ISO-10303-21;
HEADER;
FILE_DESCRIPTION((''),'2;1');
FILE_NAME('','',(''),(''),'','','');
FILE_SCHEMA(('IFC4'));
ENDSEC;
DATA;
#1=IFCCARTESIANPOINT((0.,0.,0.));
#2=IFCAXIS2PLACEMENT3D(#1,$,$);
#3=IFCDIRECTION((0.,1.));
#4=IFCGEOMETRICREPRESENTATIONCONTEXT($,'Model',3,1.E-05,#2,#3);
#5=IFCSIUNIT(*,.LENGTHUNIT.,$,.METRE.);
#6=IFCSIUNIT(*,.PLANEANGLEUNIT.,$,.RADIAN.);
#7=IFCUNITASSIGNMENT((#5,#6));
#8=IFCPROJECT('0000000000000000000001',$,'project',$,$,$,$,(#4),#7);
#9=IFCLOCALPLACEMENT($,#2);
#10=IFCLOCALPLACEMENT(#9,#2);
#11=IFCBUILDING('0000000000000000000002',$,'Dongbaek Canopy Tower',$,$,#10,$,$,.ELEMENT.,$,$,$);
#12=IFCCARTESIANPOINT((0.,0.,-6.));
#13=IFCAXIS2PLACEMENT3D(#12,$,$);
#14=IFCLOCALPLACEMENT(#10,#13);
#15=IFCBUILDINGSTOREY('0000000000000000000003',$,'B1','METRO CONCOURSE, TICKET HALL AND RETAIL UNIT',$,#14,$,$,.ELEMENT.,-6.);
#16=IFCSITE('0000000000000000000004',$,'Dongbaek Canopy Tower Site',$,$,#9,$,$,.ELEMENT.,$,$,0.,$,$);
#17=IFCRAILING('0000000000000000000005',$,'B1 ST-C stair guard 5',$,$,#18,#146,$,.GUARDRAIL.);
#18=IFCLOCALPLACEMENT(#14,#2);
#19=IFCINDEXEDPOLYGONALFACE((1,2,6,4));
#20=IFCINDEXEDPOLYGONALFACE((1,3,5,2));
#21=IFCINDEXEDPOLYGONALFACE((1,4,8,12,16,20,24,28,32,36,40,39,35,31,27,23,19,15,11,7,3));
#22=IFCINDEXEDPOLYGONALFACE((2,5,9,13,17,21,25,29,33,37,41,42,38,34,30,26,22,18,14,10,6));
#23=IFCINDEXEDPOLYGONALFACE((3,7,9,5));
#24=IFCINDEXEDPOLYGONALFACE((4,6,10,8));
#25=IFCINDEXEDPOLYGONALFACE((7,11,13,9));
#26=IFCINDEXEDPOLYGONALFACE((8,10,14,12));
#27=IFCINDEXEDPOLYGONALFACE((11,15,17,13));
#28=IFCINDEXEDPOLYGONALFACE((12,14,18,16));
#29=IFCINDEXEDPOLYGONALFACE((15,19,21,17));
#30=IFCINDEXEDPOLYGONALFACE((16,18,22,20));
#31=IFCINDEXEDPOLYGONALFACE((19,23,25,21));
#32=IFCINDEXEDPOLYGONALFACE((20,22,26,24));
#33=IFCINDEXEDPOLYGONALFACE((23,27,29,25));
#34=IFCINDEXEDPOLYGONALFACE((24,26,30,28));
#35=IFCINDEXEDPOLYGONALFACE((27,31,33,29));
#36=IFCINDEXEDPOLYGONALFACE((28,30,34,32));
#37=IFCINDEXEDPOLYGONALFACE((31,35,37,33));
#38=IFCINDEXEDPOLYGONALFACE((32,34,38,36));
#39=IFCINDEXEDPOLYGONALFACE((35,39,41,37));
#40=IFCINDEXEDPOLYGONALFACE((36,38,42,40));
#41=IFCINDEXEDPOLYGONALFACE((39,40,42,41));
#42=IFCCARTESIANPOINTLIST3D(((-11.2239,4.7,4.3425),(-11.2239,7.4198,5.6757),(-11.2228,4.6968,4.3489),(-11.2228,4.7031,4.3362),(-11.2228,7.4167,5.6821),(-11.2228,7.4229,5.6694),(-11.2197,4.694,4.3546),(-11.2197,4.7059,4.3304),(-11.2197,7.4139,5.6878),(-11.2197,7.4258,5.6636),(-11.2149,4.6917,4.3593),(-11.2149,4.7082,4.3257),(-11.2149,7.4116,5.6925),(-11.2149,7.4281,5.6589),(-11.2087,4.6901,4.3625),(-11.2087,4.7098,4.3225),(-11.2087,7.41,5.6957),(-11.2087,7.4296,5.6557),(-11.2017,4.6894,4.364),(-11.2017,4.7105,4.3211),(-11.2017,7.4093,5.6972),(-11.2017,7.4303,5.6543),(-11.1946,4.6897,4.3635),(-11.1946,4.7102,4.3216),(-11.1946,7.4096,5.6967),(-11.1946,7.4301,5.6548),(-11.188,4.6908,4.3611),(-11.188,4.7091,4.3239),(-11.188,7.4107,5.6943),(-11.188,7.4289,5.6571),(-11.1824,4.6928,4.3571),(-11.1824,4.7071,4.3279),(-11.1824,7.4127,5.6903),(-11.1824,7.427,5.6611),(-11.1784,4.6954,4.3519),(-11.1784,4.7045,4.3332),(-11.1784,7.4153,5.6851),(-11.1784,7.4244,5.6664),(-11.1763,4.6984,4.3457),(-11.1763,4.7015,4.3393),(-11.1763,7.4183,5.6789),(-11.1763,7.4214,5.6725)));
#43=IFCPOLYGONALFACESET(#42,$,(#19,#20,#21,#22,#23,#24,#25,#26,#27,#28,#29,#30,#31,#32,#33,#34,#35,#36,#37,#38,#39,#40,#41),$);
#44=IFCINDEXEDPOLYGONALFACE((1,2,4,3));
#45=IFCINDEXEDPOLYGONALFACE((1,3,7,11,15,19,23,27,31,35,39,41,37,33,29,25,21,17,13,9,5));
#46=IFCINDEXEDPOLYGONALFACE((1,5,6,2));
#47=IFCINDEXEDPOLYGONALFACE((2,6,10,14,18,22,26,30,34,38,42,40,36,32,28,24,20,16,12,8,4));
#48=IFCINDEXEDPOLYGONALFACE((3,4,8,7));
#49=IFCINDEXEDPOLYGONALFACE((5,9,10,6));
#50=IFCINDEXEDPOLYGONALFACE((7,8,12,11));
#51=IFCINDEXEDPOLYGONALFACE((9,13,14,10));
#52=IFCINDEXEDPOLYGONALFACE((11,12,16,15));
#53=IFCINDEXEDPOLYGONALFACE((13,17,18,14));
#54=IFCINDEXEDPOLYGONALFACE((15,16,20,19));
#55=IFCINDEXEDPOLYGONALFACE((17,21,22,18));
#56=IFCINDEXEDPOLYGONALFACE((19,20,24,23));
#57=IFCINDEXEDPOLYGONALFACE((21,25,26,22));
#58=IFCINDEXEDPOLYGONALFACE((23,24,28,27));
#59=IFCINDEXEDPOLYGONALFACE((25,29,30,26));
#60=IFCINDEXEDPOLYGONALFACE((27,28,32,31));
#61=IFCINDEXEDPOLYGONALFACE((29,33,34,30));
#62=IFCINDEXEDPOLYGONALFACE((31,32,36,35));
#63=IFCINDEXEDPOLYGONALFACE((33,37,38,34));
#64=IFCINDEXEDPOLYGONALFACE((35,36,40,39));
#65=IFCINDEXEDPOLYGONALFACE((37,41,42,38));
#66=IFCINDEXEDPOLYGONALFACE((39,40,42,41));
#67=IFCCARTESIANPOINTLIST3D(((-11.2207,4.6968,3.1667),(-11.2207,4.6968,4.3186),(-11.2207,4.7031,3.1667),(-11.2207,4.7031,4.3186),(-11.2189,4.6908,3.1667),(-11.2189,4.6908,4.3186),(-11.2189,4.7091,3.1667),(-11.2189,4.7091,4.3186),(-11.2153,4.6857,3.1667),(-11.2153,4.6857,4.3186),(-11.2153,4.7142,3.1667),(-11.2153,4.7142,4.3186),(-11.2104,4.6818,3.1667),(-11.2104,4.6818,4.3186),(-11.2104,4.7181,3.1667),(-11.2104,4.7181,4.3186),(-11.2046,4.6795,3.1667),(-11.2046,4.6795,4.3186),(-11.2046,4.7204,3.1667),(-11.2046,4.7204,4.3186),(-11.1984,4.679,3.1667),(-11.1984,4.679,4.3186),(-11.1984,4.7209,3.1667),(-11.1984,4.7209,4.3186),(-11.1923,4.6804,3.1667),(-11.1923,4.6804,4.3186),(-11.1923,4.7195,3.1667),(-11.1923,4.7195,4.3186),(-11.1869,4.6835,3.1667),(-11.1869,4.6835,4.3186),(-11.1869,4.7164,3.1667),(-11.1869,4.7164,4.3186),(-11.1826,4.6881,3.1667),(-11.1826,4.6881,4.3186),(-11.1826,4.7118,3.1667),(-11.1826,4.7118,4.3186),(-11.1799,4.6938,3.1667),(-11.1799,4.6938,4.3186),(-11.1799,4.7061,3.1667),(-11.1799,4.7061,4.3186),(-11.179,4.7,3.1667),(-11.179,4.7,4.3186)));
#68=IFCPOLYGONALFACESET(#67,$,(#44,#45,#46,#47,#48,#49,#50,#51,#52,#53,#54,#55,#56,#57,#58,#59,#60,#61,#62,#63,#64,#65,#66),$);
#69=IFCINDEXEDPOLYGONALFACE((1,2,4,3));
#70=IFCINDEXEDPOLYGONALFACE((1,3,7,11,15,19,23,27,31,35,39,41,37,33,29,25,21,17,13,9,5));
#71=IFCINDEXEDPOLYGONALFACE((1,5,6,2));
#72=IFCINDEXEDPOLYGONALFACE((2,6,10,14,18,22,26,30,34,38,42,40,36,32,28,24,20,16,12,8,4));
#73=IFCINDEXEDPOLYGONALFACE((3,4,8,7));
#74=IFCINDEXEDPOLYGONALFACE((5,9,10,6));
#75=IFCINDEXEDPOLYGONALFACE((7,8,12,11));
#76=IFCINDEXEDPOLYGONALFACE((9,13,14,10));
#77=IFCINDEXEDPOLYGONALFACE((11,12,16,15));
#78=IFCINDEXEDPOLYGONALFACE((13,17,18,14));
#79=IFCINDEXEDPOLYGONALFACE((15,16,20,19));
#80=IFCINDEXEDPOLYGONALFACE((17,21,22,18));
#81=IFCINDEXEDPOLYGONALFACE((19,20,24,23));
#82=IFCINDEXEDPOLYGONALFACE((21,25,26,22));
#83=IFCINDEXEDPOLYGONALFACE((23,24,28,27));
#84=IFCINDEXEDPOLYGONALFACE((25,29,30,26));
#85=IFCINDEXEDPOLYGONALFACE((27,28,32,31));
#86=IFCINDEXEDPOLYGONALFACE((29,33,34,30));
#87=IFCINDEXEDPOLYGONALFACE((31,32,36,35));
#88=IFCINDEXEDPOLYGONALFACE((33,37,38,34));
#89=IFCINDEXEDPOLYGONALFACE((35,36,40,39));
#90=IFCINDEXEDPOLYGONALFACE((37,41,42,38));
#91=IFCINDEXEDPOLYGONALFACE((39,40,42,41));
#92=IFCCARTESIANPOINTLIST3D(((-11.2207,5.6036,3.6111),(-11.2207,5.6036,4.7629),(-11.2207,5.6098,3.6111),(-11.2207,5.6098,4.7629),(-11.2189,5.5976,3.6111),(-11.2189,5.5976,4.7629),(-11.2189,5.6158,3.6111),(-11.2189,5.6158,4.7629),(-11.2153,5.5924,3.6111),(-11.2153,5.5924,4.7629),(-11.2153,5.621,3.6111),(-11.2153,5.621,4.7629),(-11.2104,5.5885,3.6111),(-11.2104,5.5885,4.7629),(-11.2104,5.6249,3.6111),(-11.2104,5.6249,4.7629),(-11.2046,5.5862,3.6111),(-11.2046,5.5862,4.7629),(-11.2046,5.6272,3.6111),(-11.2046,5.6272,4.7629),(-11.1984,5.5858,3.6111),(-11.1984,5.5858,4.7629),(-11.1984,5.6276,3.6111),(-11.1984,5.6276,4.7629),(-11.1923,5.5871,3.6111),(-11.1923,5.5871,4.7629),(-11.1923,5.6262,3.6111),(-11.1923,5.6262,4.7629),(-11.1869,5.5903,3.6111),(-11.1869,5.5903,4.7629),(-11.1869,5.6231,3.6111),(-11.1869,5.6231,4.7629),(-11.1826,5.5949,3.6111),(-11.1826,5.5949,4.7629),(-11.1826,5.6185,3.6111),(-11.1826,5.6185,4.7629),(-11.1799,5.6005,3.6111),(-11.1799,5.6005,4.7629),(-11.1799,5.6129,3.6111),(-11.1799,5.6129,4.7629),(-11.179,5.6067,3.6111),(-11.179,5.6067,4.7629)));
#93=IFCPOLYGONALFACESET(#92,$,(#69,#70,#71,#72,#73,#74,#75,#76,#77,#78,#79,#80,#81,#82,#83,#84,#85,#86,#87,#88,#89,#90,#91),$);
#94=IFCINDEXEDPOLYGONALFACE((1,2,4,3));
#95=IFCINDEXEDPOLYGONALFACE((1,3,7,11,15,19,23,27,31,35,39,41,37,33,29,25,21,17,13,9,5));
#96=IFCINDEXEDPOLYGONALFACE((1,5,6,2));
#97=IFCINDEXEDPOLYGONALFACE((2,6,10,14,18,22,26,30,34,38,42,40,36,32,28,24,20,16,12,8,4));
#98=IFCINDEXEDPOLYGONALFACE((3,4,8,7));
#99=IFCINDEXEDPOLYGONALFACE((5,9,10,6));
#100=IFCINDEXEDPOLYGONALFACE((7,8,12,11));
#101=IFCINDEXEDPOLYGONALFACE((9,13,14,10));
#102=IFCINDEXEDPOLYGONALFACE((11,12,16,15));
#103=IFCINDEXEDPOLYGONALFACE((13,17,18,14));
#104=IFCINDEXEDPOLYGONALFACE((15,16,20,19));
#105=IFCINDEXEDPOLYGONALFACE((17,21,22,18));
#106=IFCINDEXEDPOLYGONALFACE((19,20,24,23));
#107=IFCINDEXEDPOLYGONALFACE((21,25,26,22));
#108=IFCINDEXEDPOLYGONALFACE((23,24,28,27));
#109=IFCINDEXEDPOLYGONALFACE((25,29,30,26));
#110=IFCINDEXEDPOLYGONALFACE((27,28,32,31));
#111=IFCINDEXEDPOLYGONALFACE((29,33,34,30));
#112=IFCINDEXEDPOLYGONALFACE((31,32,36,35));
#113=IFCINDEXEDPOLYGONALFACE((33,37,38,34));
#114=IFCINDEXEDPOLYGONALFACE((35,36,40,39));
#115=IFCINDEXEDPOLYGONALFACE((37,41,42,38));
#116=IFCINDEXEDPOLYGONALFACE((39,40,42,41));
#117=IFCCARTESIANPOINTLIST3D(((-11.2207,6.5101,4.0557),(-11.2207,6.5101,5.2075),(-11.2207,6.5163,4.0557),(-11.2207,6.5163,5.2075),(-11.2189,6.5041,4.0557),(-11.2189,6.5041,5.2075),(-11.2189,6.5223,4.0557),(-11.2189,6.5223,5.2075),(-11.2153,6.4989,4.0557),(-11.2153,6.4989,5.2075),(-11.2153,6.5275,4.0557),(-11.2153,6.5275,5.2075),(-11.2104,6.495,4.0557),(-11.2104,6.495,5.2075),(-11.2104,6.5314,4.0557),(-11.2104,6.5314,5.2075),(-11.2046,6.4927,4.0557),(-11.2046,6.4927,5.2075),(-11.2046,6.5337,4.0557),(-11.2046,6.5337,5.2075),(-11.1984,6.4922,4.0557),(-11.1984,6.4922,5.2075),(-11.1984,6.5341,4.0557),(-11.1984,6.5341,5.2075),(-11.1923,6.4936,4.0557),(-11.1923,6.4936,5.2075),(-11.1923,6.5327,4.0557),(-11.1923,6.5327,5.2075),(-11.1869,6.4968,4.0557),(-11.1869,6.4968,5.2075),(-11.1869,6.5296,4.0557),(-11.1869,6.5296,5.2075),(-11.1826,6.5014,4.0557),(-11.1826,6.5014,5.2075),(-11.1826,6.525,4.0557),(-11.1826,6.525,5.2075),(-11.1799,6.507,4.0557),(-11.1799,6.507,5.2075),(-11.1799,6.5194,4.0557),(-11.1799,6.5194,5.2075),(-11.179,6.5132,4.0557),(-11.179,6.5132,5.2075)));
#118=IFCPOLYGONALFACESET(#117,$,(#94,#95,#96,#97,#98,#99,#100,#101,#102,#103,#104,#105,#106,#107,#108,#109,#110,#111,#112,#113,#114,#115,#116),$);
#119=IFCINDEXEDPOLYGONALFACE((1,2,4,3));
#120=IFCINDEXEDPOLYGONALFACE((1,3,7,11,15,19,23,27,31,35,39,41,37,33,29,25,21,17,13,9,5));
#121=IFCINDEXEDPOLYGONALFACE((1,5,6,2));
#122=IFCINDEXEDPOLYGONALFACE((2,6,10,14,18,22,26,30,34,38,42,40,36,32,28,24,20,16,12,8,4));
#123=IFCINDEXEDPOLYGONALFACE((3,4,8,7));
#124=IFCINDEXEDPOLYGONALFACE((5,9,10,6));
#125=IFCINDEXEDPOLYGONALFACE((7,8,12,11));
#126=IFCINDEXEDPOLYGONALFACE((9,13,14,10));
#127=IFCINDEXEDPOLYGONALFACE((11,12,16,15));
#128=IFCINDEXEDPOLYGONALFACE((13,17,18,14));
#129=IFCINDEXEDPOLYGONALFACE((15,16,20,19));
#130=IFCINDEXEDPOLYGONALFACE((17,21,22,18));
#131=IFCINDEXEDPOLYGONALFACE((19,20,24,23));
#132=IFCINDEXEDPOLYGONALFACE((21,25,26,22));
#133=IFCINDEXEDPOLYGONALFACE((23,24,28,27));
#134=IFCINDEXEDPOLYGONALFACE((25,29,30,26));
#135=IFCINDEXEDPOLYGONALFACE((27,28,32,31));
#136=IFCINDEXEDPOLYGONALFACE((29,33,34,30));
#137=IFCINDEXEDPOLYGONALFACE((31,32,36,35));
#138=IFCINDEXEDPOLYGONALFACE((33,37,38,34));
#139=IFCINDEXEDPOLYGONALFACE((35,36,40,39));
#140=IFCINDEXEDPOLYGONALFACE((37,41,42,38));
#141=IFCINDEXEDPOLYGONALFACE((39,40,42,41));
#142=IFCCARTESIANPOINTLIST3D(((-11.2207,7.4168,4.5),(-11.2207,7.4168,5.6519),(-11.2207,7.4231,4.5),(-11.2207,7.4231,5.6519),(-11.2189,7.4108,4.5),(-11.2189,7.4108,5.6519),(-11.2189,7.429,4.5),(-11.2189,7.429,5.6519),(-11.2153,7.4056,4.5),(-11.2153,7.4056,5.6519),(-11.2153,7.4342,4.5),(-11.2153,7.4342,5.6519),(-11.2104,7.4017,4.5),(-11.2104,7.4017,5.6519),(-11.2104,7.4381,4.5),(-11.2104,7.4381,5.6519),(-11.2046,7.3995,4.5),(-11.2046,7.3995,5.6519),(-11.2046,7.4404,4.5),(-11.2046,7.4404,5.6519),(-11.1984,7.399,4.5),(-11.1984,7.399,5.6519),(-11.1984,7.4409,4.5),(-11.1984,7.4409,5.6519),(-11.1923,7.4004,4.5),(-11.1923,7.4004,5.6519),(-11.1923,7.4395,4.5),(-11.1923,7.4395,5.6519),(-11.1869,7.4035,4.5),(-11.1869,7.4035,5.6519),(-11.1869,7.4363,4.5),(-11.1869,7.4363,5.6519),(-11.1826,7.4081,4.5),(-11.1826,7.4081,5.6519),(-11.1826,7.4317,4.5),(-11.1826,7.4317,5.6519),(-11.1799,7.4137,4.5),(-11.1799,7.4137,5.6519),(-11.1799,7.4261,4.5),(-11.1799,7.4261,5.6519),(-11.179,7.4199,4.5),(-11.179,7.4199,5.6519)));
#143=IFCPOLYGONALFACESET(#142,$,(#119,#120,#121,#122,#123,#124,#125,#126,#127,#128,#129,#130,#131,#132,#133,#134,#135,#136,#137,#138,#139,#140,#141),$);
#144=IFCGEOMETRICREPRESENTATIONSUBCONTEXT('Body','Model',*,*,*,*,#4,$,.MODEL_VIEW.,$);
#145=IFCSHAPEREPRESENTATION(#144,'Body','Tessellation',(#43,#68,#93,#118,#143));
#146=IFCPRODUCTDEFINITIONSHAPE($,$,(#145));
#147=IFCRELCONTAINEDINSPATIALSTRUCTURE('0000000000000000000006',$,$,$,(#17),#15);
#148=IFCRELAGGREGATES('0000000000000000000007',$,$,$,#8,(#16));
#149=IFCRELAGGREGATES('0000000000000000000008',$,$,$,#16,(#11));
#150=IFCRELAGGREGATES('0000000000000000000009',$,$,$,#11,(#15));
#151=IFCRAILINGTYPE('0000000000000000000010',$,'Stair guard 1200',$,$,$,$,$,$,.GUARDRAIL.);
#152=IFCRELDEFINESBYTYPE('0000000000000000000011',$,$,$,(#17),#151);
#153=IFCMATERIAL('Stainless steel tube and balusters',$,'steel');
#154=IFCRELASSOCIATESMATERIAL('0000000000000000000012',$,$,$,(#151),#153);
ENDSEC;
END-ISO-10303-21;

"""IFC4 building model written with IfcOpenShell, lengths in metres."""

from ifc_helpers import new_model, si_unit, direction, frame, origin, origin_2d, place, context, subcontext, project, spatial, circle, extrude, material, type_object, element, save


model = new_model("IFC4")

# Units and contexts
model_context = context("Model", 3, precision=1e-05, world=origin(), true_north=direction((0.0, 1.0)))
body_context = subcontext(model_context, "Body", "Model", "MODEL_VIEW")
ifc_project = project(units=[si_unit("LENGTHUNIT", "METRE"), si_unit("PLANEANGLEUNIT", "RADIAN")], contexts=[model_context])

# Site, building, storey
site_placement = place(None, origin())
site = spatial("IfcSite", under=ifc_project, at=site_placement, Name="Dongbaek Canopy Tower Site", CompositionType="ELEMENT", RefElevation=0.0)
building_placement = place(site_placement, origin())
building = spatial("IfcBuilding", under=site, at=building_placement, Name="Dongbaek Canopy Tower", CompositionType="ELEMENT")
storey_placement = place(building_placement, frame((0.0, 0.0, -6.0)))
storey = spatial("IfcBuildingStorey", under=building, at=storey_placement, Name="B1", Description="METRO CONCOURSE, TICKET HALL AND RETAIL UNIT", CompositionType="ELEMENT", Elevation=-6.0)

# Railing
ifc_material_1 = material(Name="Stainless steel tube and balusters", Category="steel")
railing_type_1 = type_object("IfcRailingType", Name="Stair guard 1200", PredefinedType="GUARDRAIL", material=ifc_material_1)
railing_1_placement = place(storey_placement, frame((-11.2, 4.7, 3.1667)))
element("IfcRailing", 1, at=railing_1_placement, inside=storey, type_object=railing_type_1, Name="B1 ST-C stair guard 5", PredefinedType="GUARDRAIL", context=body_context, shape_type="SweptSolid", body=[
    extrude(circle(Radius=0.0239, at=origin_2d()), frame((0.0, 0.0, 1.1758), z_axis=(0.0, 0.897929, 0.440139), x_axis=(-1.0, 0.0, 0.0)), (0.0, 0.0, 1.0), 3.0291),
    extrude(circle(Radius=0.021, at=origin_2d()), origin(), (0.0, 0.0, 1.0), 1.1519),
    extrude(circle(Radius=0.021, at=origin_2d()), frame((0.0, 0.9067, 0.4443)), (0.0, 0.0, 1.0), 1.1519),
    extrude(circle(Radius=0.021, at=origin_2d()), frame((0.0, 1.8132, 0.8889)), (0.0, 0.0, 1.0), 1.1519),
    extrude(circle(Radius=0.021, at=origin_2d()), frame((0.0, 2.72, 1.3333)), (0.0, 0.0, 1.0), 1.1519),
])

save(model, "model.ifc")
